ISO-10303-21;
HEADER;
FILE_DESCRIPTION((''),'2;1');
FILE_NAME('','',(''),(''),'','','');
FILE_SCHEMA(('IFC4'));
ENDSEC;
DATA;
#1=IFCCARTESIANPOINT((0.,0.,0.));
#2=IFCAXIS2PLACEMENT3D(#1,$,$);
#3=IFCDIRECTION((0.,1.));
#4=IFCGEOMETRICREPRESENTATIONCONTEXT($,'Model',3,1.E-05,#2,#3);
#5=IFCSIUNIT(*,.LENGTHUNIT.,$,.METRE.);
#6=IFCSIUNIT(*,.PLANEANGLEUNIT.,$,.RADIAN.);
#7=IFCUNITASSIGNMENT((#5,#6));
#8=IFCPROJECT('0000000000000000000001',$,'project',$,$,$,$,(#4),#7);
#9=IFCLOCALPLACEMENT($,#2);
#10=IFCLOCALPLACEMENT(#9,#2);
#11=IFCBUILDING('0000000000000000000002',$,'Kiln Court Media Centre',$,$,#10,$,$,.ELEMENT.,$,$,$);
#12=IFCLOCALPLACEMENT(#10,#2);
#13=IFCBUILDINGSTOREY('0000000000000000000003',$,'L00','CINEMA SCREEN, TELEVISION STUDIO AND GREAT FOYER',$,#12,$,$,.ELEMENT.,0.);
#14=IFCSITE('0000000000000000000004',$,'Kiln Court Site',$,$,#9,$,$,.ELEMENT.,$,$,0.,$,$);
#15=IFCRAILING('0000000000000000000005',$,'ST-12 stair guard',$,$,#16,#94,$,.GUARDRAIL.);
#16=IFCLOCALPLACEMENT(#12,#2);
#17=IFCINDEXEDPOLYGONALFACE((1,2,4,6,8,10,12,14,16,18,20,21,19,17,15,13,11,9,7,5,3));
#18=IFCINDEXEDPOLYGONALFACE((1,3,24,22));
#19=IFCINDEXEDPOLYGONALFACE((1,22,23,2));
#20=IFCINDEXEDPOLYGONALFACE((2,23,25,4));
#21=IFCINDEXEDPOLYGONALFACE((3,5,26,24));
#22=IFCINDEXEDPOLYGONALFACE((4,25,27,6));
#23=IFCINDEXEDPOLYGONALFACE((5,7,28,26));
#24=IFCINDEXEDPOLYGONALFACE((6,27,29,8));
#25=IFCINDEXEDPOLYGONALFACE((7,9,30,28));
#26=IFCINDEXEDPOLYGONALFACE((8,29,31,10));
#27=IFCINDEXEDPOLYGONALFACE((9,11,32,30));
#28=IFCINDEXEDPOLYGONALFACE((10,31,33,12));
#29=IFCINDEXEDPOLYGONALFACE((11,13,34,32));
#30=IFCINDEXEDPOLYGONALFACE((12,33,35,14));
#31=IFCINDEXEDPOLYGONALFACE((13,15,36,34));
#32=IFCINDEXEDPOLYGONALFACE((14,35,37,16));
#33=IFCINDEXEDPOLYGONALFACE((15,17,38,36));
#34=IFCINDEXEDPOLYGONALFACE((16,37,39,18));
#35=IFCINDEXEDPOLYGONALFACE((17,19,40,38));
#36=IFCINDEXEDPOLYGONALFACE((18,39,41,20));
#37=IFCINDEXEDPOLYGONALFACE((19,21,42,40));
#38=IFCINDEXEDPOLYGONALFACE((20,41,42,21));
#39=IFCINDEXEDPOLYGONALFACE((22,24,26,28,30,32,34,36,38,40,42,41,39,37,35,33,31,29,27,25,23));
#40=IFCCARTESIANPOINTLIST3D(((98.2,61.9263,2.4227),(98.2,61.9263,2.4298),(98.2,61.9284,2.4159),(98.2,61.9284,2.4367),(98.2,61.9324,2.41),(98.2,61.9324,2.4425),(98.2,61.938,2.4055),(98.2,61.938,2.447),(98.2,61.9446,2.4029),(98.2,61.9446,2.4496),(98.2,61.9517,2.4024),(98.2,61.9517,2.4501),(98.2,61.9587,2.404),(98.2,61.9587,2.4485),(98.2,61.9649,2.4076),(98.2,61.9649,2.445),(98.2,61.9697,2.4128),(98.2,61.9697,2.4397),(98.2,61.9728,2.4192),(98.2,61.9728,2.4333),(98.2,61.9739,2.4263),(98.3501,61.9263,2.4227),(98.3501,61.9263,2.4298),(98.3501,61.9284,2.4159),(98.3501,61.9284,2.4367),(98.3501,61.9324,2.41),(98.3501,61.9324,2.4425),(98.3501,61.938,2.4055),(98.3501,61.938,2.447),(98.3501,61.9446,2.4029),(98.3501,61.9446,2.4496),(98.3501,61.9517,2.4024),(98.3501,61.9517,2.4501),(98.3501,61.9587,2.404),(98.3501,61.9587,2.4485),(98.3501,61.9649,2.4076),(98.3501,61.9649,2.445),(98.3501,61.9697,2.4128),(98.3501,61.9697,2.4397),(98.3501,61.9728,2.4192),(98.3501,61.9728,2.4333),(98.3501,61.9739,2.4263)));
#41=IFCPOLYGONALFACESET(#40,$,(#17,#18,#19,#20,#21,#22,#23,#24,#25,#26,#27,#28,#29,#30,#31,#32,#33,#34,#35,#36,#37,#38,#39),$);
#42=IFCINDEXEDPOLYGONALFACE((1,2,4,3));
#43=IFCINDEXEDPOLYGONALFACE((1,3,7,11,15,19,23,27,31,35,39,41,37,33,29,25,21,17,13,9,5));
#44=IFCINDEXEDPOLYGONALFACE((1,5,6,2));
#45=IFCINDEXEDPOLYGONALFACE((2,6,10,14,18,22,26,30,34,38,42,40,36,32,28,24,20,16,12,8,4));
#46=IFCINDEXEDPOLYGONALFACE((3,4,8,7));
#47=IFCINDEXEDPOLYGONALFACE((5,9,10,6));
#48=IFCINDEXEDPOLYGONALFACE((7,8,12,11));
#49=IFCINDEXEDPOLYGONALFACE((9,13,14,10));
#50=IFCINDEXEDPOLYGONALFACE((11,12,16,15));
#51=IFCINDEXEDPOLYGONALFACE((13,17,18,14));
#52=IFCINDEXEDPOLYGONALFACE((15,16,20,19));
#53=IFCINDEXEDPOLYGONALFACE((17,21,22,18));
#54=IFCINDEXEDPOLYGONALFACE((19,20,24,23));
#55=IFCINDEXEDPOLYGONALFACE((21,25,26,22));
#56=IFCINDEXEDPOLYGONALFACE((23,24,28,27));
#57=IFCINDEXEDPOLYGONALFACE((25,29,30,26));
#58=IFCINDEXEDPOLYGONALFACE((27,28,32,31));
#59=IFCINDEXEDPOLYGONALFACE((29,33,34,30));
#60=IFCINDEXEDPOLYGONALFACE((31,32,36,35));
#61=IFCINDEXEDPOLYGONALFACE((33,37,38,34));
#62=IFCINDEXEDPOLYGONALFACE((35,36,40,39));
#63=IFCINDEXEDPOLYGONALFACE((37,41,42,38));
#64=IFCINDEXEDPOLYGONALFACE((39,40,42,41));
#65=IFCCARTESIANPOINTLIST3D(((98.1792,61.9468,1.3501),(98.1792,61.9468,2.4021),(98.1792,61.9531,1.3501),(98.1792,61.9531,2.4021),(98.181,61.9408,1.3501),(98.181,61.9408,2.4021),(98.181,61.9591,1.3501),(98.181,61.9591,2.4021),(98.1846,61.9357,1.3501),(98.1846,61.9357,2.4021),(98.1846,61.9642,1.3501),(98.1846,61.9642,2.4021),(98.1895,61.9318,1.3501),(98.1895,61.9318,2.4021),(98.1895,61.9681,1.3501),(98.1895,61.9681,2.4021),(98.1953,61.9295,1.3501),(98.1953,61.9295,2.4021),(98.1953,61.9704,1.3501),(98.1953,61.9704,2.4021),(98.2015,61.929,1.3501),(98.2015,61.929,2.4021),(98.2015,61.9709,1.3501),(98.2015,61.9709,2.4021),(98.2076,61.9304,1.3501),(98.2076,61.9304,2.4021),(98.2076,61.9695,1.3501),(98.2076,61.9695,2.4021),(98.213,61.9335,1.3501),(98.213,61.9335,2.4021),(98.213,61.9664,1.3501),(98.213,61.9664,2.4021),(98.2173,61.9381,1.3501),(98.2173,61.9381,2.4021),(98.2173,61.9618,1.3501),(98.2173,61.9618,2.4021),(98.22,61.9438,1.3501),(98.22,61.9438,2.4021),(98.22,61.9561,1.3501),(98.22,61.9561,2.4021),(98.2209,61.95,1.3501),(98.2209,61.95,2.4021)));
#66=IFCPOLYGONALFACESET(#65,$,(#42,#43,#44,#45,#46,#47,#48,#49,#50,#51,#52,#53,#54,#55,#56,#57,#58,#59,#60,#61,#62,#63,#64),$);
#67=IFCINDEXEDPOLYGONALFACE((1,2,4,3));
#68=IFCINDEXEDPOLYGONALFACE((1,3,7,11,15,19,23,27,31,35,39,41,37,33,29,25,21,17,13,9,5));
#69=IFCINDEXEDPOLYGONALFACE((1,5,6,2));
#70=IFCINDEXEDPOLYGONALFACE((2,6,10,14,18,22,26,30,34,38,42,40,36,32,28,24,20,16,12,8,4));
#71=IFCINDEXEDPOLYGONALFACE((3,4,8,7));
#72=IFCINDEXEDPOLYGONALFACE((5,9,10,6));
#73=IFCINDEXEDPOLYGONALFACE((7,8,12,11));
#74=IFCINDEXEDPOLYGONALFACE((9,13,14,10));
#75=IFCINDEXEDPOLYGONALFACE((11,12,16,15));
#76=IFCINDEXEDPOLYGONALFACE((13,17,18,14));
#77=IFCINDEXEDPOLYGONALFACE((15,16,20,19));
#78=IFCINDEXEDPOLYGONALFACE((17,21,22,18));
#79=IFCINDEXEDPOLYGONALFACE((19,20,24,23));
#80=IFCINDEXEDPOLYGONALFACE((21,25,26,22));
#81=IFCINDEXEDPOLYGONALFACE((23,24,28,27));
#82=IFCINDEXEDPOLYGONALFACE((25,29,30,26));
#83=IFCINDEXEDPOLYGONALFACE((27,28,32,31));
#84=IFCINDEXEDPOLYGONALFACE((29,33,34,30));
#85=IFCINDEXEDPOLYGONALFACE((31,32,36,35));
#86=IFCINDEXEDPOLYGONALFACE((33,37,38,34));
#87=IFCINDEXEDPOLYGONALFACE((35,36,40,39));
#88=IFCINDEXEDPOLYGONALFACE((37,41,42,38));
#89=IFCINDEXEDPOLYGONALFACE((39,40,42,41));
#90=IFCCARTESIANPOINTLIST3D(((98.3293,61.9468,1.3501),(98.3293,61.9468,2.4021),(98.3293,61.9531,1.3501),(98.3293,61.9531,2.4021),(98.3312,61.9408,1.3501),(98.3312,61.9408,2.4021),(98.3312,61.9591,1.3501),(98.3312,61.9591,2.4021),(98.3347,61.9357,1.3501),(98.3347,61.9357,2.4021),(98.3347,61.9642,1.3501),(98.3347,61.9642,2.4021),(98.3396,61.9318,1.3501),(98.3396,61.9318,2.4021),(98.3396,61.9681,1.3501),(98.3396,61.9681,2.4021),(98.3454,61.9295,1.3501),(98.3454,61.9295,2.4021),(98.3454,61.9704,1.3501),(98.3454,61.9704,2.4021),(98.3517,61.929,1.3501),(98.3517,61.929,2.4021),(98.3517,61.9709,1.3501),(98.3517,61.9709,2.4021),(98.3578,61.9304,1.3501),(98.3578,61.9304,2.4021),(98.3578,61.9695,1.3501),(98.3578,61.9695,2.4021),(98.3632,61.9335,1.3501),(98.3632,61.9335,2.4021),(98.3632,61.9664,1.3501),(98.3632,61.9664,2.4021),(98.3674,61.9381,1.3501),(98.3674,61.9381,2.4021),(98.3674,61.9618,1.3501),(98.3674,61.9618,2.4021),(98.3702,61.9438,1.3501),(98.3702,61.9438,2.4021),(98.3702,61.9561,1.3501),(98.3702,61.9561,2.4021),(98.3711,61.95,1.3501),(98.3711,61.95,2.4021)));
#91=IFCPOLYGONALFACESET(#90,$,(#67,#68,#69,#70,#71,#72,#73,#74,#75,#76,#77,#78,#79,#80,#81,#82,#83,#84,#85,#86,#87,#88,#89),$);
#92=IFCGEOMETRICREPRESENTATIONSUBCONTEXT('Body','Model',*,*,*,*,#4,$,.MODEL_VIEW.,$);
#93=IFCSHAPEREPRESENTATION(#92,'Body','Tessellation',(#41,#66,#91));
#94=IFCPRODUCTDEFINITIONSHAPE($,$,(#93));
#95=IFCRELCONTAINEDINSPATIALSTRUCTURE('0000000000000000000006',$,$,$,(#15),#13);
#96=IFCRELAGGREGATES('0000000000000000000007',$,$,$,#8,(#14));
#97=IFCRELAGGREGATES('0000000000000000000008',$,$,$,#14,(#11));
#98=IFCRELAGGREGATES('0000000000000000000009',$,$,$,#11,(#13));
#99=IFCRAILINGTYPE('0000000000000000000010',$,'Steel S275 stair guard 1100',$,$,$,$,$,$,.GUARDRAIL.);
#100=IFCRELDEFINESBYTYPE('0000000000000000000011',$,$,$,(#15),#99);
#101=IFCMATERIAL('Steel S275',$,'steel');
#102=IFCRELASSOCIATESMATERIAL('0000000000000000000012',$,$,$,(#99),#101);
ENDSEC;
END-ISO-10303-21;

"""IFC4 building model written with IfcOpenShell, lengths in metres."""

from ifc_helpers import new_model, si_unit, direction, frame, origin, origin_2d, place, context, subcontext, project, spatial, circle, extrude, material, type_object, element, save


model = new_model("IFC4")

# Units and contexts
model_context = context("Model", 3, precision=1e-05, world=origin(), true_north=direction((0.0, 1.0)))
body_context = subcontext(model_context, "Body", "Model", "MODEL_VIEW")
ifc_project = project(units=[si_unit("LENGTHUNIT", "METRE"), si_unit("PLANEANGLEUNIT", "RADIAN")], contexts=[model_context])

# Site, building, storey
site_placement = place(None, origin())
site = spatial("IfcSite", under=ifc_project, at=site_placement, Name="Kiln Court Site", CompositionType="ELEMENT", RefElevation=0.0)
building_placement = place(site_placement, origin())
building = spatial("IfcBuilding", under=site, at=building_placement, Name="Kiln Court Media Centre", CompositionType="ELEMENT")
storey_placement = place(building_placement, origin())
storey = spatial("IfcBuildingStorey", under=building, at=storey_placement, Name="L00", Description="CINEMA SCREEN, TELEVISION STUDIO AND GREAT FOYER", CompositionType="ELEMENT", Elevation=0.0)

# Railing
ifc_material_1 = material(Name="Steel S275", Category="steel")
railing_type = type_object("IfcRailingType", Name="Steel S275 stair guard 1100", PredefinedType="GUARDRAIL", material=ifc_material_1)
railing_1_placement = place(storey_placement, frame((98.2, 61.95, 1.3501)))
element("IfcRailing", 1, at=railing_1_placement, inside=storey, type_object=railing_type, Name="ST-12 stair guard", PredefinedType="GUARDRAIL", context=body_context, shape_type="SweptSolid", body=[
    extrude(circle(Radius=0.0239, at=origin_2d()), frame((0.0, 0.0, 1.0762), z_axis=(1.0, 0.0, 0.0), x_axis=(0.0, 1.0, 0.0)), (0.0, 0.0, 1.0), 0.1501),
    extrude(circle(Radius=0.021, at=origin_2d()), origin(), (0.0, 0.0, 1.0), 1.052),
    extrude(circle(Radius=0.021, at=origin_2d()), frame((0.1501, 0.0, 0.0)), (0.0, 0.0, 1.0), 1.052),
])

save(model, "model.ifc")
